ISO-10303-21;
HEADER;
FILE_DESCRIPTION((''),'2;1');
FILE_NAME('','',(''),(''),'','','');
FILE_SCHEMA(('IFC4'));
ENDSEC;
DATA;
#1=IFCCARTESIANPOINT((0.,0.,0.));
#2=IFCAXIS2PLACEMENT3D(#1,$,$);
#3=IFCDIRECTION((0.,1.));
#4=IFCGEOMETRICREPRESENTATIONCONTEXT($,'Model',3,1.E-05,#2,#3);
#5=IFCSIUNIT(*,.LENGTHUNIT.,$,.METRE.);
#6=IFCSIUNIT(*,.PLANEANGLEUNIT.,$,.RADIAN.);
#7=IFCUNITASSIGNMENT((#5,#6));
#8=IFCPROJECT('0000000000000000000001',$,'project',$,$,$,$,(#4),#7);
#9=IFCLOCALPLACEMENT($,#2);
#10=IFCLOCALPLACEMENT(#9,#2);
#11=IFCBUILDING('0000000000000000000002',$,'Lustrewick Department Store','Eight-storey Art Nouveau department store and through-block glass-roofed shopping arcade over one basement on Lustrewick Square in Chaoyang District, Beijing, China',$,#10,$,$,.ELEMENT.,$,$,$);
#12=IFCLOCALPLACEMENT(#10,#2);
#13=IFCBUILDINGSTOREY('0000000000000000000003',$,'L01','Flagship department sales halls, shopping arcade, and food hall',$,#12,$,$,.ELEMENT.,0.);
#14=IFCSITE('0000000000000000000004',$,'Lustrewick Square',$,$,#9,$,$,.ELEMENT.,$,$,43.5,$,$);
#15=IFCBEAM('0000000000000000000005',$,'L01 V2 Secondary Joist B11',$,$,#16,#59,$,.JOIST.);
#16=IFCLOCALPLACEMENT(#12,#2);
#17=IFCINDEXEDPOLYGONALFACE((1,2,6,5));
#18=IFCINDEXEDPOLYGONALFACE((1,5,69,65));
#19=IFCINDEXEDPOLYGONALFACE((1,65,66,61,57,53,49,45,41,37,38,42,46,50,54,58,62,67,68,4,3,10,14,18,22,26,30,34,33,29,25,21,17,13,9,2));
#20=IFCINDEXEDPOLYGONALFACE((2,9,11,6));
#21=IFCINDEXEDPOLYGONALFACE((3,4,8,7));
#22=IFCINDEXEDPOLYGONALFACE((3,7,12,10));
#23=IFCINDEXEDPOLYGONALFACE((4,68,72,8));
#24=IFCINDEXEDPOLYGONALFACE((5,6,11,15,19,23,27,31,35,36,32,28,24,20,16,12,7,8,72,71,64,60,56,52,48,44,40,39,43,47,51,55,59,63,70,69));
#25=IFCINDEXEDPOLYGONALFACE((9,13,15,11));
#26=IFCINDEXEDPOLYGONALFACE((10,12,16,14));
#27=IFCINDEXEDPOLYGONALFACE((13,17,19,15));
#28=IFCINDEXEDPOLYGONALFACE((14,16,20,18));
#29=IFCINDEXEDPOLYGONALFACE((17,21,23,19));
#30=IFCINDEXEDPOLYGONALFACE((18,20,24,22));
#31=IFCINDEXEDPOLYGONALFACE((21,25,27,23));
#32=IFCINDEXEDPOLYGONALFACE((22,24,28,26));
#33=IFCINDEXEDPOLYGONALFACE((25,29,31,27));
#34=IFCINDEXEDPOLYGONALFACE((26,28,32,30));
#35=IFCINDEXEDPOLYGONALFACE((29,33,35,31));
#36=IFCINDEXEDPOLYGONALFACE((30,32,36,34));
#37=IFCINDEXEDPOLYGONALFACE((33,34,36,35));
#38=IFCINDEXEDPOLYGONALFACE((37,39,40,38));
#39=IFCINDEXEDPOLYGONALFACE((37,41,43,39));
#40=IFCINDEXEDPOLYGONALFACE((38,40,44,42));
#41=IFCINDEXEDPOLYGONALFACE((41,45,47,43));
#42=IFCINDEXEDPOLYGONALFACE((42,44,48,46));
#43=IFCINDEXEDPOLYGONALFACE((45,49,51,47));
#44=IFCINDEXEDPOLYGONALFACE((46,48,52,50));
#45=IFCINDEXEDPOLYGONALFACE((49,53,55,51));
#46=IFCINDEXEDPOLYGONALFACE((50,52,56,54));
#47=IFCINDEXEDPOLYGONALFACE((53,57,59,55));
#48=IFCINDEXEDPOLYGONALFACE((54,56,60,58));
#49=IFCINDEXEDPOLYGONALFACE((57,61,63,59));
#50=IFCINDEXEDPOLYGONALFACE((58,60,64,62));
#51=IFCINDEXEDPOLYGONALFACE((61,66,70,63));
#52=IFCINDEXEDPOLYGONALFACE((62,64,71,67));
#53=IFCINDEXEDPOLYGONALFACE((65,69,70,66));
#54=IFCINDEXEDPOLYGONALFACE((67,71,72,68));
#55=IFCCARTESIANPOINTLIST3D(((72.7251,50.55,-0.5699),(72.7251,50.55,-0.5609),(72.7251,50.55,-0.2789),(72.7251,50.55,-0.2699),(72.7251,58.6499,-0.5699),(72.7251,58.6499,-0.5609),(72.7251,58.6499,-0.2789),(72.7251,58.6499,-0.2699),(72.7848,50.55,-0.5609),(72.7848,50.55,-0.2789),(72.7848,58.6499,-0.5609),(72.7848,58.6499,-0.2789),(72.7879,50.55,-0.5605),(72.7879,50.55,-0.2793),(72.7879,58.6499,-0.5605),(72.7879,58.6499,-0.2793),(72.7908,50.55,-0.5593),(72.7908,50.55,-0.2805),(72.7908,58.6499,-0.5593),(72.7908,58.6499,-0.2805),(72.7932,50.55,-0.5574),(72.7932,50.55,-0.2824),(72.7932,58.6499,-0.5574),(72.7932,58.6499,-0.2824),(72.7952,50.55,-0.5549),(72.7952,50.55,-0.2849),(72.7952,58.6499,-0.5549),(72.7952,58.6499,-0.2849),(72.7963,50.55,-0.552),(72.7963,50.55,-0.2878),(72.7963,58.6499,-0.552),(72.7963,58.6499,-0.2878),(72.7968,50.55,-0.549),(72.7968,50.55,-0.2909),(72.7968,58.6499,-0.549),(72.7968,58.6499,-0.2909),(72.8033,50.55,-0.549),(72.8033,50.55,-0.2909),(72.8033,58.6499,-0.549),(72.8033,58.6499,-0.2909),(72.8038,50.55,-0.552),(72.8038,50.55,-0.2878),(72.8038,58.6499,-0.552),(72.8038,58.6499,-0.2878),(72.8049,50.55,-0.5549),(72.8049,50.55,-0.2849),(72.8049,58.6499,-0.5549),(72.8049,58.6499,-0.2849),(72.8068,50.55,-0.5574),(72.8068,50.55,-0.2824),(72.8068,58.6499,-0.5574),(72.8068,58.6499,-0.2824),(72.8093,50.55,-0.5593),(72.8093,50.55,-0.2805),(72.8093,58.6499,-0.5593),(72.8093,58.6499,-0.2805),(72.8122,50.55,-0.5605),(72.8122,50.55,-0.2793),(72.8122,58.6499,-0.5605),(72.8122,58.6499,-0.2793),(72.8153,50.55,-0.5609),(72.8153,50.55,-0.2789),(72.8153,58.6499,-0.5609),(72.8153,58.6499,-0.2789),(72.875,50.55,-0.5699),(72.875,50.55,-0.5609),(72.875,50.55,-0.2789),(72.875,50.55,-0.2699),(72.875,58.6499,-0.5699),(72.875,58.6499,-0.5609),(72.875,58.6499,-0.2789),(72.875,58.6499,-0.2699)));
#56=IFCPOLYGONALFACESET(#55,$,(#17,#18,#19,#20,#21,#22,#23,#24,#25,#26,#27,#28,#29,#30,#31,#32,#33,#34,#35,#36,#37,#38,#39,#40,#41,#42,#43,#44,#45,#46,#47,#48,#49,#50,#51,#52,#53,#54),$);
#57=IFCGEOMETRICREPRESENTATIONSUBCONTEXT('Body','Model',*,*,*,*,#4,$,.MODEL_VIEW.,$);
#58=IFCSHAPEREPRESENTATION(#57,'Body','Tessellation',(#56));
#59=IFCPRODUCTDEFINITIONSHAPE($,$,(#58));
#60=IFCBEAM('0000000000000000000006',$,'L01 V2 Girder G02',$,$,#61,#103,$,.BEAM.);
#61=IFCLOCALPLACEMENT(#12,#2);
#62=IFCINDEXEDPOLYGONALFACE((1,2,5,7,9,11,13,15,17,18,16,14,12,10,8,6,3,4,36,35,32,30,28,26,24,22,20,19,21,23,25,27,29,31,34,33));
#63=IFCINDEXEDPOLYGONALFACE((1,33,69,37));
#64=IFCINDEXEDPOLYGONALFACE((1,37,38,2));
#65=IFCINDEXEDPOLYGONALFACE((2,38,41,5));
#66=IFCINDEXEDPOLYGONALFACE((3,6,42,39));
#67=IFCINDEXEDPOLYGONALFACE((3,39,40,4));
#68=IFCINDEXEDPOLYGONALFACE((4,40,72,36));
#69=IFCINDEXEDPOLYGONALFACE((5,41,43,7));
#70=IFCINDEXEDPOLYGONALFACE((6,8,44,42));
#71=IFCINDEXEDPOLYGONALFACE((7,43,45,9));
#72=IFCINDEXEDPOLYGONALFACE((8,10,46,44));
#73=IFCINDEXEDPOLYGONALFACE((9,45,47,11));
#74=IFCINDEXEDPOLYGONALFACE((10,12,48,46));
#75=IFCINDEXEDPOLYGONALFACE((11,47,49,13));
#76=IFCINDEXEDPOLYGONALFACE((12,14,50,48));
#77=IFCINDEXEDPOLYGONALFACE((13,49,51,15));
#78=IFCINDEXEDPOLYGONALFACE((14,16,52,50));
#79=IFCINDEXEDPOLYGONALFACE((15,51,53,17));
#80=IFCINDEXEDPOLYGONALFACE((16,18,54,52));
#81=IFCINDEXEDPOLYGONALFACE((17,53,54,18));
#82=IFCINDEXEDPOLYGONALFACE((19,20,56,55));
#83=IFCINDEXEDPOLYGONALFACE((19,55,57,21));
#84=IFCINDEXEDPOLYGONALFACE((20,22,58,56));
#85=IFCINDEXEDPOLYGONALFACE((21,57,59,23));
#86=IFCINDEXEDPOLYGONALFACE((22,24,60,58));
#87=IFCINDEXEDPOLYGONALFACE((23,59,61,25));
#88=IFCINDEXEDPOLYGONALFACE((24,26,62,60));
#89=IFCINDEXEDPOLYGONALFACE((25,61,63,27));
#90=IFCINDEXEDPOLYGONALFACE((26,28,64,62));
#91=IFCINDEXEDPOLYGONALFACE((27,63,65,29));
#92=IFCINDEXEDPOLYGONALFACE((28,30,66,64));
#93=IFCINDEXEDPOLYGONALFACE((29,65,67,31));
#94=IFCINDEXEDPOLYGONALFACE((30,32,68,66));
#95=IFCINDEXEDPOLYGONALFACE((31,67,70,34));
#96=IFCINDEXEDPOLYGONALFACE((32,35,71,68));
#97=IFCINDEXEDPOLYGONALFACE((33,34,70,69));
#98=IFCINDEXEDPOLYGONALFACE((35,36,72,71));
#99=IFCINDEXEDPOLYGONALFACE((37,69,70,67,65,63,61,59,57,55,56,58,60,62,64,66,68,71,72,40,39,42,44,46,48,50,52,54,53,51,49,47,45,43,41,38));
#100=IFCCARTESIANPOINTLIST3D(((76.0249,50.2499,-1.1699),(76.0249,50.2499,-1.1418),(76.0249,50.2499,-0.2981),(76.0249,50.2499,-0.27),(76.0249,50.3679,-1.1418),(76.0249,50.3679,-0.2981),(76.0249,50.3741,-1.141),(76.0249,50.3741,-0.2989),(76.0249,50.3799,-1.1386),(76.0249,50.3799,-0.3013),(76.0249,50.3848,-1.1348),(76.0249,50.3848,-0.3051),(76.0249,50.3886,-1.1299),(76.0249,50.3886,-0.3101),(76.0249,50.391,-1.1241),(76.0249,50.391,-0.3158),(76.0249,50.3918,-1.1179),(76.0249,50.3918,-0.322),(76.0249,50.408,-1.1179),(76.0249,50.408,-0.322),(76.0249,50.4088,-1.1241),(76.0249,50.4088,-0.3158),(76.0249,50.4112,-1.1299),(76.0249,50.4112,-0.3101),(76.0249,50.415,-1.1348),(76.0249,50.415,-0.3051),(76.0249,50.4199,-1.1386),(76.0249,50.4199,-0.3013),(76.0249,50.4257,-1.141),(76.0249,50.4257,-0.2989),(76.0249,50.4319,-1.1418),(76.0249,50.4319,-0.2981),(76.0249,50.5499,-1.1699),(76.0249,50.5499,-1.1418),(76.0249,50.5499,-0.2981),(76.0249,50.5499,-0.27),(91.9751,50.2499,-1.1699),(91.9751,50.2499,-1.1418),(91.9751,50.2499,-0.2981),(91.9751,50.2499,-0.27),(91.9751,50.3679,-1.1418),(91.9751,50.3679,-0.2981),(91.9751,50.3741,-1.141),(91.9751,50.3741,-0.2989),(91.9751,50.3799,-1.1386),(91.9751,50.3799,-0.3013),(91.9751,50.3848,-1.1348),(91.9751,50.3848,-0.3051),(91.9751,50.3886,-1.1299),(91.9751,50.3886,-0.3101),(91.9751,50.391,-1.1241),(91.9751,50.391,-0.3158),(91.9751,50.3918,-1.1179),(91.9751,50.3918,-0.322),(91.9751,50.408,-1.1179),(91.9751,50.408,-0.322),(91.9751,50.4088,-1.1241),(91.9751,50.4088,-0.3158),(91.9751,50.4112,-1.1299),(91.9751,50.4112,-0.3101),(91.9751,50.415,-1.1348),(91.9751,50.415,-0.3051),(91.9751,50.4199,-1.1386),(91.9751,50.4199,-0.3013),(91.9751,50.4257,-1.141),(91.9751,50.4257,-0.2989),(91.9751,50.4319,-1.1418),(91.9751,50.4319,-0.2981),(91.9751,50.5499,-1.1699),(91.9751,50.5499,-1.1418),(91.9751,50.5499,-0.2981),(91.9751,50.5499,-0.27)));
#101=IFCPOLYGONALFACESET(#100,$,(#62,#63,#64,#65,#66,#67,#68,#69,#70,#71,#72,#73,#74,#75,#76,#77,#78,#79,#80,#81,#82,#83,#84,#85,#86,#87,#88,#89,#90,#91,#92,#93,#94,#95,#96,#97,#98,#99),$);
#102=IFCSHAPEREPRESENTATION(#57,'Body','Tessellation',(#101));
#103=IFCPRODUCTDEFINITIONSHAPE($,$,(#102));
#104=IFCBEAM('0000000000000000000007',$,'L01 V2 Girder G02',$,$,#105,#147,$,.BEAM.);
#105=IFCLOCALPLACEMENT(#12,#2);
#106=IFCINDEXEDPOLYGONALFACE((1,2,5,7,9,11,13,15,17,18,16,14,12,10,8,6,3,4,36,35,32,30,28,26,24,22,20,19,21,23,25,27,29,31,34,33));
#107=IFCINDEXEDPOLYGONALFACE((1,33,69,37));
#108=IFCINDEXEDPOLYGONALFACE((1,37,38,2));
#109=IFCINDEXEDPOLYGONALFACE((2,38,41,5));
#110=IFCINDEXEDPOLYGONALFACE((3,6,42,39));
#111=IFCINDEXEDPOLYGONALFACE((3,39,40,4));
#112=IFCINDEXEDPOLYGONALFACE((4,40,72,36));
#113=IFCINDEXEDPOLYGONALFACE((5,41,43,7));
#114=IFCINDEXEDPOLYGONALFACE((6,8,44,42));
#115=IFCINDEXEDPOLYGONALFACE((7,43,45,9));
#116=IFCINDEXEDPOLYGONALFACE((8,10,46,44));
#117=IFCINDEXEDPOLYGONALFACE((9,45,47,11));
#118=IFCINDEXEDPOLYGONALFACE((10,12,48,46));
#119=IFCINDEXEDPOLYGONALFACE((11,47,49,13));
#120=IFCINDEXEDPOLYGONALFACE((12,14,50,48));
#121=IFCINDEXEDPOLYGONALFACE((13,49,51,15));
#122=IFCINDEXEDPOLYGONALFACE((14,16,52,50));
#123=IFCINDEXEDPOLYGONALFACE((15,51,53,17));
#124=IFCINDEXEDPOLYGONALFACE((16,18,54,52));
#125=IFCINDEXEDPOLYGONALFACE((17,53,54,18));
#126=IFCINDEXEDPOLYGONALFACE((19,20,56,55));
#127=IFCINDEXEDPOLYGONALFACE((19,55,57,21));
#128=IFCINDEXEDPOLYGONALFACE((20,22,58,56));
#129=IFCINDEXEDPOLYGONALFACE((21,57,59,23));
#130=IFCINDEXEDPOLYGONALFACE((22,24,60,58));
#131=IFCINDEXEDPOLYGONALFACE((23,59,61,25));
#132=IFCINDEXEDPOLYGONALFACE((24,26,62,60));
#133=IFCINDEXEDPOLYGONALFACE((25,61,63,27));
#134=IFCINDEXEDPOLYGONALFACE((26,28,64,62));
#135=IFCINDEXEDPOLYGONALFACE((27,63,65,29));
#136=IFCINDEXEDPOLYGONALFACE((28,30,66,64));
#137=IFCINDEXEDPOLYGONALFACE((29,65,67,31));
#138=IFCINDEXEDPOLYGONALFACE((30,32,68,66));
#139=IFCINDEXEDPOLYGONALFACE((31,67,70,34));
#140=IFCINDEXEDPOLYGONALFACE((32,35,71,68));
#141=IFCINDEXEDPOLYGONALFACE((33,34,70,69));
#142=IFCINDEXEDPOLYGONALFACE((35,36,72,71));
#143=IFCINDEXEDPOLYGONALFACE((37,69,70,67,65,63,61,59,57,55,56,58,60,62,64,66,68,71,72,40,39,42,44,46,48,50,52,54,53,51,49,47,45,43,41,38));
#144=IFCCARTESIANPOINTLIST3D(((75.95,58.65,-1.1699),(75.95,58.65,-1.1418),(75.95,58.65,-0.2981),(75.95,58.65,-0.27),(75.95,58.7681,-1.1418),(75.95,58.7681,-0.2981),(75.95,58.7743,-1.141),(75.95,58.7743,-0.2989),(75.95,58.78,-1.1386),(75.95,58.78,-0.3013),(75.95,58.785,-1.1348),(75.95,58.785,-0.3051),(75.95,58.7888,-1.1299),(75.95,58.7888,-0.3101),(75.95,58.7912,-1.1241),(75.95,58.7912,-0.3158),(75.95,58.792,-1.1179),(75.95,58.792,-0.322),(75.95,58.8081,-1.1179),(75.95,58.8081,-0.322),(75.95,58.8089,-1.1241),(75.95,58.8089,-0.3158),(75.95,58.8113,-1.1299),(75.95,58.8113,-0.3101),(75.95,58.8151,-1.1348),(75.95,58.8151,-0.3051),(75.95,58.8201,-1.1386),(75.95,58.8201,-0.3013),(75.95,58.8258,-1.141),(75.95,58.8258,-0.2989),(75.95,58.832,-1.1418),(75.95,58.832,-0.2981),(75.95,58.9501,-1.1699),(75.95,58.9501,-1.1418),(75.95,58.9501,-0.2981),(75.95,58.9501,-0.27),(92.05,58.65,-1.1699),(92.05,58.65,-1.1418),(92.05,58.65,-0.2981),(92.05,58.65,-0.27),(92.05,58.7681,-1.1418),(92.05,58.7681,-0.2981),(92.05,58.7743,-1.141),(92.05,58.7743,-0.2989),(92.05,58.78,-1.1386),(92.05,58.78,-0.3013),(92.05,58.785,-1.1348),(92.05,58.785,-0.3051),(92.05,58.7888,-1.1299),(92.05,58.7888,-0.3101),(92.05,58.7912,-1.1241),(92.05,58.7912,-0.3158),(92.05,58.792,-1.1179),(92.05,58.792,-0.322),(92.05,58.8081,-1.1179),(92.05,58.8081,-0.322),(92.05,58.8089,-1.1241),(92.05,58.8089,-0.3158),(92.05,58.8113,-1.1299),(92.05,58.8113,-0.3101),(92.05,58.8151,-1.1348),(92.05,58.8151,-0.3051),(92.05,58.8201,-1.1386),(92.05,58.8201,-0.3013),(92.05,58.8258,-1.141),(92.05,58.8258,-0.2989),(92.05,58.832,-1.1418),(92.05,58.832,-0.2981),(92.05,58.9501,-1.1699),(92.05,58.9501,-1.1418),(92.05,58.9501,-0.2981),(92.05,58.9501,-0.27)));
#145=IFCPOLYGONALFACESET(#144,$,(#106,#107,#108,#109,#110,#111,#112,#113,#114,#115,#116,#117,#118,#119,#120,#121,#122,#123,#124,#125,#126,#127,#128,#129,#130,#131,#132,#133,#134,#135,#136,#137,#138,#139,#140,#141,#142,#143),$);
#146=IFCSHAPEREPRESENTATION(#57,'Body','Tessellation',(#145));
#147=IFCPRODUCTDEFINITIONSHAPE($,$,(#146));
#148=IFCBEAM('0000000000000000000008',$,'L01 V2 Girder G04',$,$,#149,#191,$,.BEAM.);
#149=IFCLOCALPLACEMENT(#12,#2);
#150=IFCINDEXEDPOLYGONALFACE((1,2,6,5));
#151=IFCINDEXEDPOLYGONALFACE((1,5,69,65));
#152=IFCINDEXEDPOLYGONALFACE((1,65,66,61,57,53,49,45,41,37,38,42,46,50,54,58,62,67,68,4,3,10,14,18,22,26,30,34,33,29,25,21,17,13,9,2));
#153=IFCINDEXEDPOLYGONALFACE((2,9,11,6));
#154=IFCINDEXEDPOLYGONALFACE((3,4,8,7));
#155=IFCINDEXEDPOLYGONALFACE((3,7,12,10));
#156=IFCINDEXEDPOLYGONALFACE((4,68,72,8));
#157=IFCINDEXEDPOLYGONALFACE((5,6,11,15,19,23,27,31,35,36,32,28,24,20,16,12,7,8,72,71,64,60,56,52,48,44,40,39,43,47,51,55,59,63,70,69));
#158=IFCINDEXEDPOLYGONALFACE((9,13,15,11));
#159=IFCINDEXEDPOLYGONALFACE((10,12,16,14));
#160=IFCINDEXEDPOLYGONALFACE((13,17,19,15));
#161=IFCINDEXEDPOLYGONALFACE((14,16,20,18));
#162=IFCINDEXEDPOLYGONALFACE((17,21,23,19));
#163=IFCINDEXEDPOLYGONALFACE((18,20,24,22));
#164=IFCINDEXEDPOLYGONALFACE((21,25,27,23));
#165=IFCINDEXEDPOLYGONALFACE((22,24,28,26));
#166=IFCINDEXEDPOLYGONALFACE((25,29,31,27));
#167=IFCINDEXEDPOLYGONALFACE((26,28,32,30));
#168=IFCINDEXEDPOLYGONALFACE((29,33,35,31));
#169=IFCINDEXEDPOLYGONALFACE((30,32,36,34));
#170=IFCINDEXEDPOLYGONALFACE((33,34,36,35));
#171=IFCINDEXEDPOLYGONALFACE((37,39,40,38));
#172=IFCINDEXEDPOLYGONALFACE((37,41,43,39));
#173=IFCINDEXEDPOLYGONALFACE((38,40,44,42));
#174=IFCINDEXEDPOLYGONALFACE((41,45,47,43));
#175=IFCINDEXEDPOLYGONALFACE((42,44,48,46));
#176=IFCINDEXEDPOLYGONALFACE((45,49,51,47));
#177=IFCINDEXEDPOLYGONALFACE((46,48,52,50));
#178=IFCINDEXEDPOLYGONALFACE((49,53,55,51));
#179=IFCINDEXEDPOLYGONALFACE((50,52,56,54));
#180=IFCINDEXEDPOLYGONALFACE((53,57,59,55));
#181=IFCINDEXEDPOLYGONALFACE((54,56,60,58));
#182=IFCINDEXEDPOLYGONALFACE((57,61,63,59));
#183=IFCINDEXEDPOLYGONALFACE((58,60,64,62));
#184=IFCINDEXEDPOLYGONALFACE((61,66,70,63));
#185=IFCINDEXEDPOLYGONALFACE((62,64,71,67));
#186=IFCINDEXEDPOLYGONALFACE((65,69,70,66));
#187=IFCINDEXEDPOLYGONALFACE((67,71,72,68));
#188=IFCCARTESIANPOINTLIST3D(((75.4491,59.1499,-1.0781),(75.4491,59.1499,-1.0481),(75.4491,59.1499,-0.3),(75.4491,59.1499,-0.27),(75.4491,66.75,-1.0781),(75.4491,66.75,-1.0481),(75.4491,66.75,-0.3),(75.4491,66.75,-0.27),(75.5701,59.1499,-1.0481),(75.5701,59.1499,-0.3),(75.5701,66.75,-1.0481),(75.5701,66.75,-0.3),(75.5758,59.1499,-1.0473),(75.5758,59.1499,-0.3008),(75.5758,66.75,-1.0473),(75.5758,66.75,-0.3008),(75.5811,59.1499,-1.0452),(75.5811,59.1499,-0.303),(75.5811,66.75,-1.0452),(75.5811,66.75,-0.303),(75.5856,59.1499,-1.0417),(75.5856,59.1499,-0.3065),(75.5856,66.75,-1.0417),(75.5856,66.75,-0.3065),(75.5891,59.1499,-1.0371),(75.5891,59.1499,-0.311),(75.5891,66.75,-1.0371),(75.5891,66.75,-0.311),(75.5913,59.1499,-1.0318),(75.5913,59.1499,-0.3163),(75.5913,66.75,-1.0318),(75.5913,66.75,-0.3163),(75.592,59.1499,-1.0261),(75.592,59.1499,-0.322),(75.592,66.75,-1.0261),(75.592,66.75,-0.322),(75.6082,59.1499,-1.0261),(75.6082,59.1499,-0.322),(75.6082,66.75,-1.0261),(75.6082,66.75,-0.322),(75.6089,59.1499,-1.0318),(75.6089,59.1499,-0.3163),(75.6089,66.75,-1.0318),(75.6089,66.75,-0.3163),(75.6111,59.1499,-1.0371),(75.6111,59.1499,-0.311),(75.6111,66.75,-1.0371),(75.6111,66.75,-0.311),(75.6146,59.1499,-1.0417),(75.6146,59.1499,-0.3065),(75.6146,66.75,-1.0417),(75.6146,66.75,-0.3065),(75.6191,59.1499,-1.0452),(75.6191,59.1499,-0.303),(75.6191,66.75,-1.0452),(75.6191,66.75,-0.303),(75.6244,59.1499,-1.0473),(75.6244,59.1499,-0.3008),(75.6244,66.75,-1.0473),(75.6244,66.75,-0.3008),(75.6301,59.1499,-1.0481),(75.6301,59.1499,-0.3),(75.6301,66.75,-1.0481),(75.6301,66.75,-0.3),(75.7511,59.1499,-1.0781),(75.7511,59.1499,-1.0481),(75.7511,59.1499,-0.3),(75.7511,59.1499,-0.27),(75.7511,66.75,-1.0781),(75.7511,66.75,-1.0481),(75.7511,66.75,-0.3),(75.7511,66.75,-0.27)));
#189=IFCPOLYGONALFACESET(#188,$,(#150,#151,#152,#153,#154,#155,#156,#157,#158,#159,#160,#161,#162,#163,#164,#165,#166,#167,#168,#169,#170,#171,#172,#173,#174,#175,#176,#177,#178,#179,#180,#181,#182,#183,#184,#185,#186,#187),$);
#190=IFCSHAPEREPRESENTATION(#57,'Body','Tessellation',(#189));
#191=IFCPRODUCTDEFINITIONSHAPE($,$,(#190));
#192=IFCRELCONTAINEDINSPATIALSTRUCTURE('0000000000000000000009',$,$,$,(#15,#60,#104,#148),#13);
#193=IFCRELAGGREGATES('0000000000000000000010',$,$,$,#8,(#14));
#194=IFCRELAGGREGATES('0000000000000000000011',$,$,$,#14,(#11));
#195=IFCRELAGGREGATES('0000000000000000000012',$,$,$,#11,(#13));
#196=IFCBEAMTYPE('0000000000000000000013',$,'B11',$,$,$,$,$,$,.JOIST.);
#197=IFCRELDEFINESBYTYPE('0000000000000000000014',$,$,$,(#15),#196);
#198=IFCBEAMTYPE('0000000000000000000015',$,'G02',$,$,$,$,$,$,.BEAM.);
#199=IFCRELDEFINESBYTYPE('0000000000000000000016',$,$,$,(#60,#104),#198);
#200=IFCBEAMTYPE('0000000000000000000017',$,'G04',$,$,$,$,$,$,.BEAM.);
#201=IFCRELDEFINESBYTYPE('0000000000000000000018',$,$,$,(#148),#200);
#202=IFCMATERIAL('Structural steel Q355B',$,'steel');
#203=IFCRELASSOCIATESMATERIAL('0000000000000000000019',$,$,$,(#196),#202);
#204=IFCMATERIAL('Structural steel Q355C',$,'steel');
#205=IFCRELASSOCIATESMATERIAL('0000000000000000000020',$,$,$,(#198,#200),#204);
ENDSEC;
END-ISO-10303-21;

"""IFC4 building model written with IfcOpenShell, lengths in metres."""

from ifc_helpers import new_model, si_unit, direction, frame, origin, origin_2d, place, context, subcontext, project, spatial, i_section, extrude, material, material_profile, profile_set, type_object, element, save


model = new_model("IFC4")

# Units and contexts
model_context = context("Model", 3, precision=1e-05, world=origin(), true_north=direction((0.0, 1.0)))
body_context = subcontext(model_context, "Body", "Model", "MODEL_VIEW")
ifc_project = project(units=[si_unit("LENGTHUNIT", "METRE"), si_unit("PLANEANGLEUNIT", "RADIAN")], contexts=[model_context])

# Site, building, storey
site_placement = place(None, origin())
site = spatial("IfcSite", under=ifc_project, at=site_placement, Name="Lustrewick Square", CompositionType="ELEMENT", RefElevation=43.5)
building_placement = place(site_placement, origin())
building = spatial("IfcBuilding", under=site, at=building_placement, Name="Lustrewick Department Store", Description="Eight-storey Art Nouveau department store and through-block glass-roofed shopping arcade over one basement on Lustrewick Square in Chaoyang District, Beijing, China", CompositionType="ELEMENT")
storey_placement = place(building_placement, origin())
storey = spatial("IfcBuildingStorey", under=building, at=storey_placement, Name="L01", Description="Flagship department sales halls, shopping arcade, and food hall", CompositionType="ELEMENT", Elevation=0.0)

# Shared definitions
ifc_material_1 = material(Name="Structural steel Q355C", Category="steel")

# Beams
ifc_material_2 = material(Name="Structural steel Q355B", Category="steel")
ifc_material_profile_1 = material_profile(ifc_material_2, i_section(OverallWidth=0.1499, OverallDepth=0.3, WebThickness=0.0066, FlangeThickness=0.009, FilletRadius=0.012, at=origin_2d()), Name="HN 300x150x6.5x9")
ifc_profile_set_1 = profile_set([ifc_material_profile_1], Name="Structural steel Q355B")
beam_type_1 = type_object("IfcBeamType", Name="B11", PredefinedType="JOIST", material=ifc_profile_set_1)
beam_1_placement = place(storey_placement, frame((72.8, 50.55, -0.4199), z_axis=(0.0, 1.0, 0.0), x_axis=(-1.0, 0.0, 0.0)))
element("IfcBeam", 1, at=beam_1_placement, inside=storey, type_object=beam_type_1, Name="L01 V2 Secondary Joist B11", PredefinedType="JOIST", context=body_context, shape_type="SweptSolid", body=[
    extrude(i_section(OverallWidth=0.1499, OverallDepth=0.3, WebThickness=0.0066, FlangeThickness=0.009, FilletRadius=0.012, at=origin_2d()), origin(), (0.0, 0.0, 1.0), 8.0999),
])
ifc_material_profile_2 = material_profile(ifc_material_1, i_section(OverallWidth=0.3, OverallDepth=0.8999, WebThickness=0.0161, FlangeThickness=0.0281, FilletRadius=0.0239, at=origin_2d()), Name="HN 900x300x16x28")
ifc_profile_set_2 = profile_set([ifc_material_profile_2], Name="Structural steel Q355C")
beam_type_2 = type_object("IfcBeamType", Name="G02", PredefinedType="BEAM", material=ifc_profile_set_2)
beam_2_placement = place(storey_placement, frame((76.0249, 50.3999, -0.72), z_axis=(1.0, 0.0, 0.0), x_axis=(0.0, 1.0, 0.0)))
element("IfcBeam", 2, at=beam_2_placement, inside=storey, type_object=beam_type_2, Name="L01 V2 Girder G02", PredefinedType="BEAM", context=body_context, shape_type="SweptSolid", body=[
    extrude(i_section(OverallWidth=0.3, OverallDepth=0.8999, WebThickness=0.0161, FlangeThickness=0.0281, FilletRadius=0.0239, at=origin_2d()), origin(), (0.0, 0.0, 1.0), 15.9502),
])
beam_3_placement = place(storey_placement, frame((75.95, 58.8, -0.72), z_axis=(1.0, 0.0, 0.0), x_axis=(0.0, 1.0, 0.0)))
element("IfcBeam", 3, at=beam_3_placement, inside=storey, type_object=beam_type_2, Name="L01 V2 Girder G02", PredefinedType="BEAM", context=body_context, shape_type="SweptSolid", body=[
    extrude(i_section(OverallWidth=0.3, OverallDepth=0.8999, WebThickness=0.0161, FlangeThickness=0.0281, FilletRadius=0.0239, at=origin_2d()), origin(), (0.0, 0.0, 1.0), 16.1001),
])
ifc_material_profile_3 = material_profile(ifc_material_1, i_section(OverallWidth=0.302, OverallDepth=0.8081, WebThickness=0.0161, FlangeThickness=0.03, FilletRadius=0.022, at=origin_2d()), Name="HN 808x302x16x30")
ifc_profile_set_3 = profile_set([ifc_material_profile_3], Name="Structural steel Q355C")
beam_type_3 = type_object("IfcBeamType", Name="G04", PredefinedType="BEAM", material=ifc_profile_set_3)
beam_4_placement = place(storey_placement, frame((75.6001, 59.1499, -0.6741), z_axis=(0.0, 1.0, 0.0), x_axis=(-1.0, 0.0, 0.0)))
element("IfcBeam", 4, at=beam_4_placement, inside=storey, type_object=beam_type_3, Name="L01 V2 Girder G04", PredefinedType="BEAM", context=body_context, shape_type="SweptSolid", body=[
    extrude(i_section(OverallWidth=0.302, OverallDepth=0.8081, WebThickness=0.0161, FlangeThickness=0.03, FilletRadius=0.022, at=origin_2d()), origin(), (0.0, 0.0, 1.0), 7.6001),
])

save(model, "model.ifc")
